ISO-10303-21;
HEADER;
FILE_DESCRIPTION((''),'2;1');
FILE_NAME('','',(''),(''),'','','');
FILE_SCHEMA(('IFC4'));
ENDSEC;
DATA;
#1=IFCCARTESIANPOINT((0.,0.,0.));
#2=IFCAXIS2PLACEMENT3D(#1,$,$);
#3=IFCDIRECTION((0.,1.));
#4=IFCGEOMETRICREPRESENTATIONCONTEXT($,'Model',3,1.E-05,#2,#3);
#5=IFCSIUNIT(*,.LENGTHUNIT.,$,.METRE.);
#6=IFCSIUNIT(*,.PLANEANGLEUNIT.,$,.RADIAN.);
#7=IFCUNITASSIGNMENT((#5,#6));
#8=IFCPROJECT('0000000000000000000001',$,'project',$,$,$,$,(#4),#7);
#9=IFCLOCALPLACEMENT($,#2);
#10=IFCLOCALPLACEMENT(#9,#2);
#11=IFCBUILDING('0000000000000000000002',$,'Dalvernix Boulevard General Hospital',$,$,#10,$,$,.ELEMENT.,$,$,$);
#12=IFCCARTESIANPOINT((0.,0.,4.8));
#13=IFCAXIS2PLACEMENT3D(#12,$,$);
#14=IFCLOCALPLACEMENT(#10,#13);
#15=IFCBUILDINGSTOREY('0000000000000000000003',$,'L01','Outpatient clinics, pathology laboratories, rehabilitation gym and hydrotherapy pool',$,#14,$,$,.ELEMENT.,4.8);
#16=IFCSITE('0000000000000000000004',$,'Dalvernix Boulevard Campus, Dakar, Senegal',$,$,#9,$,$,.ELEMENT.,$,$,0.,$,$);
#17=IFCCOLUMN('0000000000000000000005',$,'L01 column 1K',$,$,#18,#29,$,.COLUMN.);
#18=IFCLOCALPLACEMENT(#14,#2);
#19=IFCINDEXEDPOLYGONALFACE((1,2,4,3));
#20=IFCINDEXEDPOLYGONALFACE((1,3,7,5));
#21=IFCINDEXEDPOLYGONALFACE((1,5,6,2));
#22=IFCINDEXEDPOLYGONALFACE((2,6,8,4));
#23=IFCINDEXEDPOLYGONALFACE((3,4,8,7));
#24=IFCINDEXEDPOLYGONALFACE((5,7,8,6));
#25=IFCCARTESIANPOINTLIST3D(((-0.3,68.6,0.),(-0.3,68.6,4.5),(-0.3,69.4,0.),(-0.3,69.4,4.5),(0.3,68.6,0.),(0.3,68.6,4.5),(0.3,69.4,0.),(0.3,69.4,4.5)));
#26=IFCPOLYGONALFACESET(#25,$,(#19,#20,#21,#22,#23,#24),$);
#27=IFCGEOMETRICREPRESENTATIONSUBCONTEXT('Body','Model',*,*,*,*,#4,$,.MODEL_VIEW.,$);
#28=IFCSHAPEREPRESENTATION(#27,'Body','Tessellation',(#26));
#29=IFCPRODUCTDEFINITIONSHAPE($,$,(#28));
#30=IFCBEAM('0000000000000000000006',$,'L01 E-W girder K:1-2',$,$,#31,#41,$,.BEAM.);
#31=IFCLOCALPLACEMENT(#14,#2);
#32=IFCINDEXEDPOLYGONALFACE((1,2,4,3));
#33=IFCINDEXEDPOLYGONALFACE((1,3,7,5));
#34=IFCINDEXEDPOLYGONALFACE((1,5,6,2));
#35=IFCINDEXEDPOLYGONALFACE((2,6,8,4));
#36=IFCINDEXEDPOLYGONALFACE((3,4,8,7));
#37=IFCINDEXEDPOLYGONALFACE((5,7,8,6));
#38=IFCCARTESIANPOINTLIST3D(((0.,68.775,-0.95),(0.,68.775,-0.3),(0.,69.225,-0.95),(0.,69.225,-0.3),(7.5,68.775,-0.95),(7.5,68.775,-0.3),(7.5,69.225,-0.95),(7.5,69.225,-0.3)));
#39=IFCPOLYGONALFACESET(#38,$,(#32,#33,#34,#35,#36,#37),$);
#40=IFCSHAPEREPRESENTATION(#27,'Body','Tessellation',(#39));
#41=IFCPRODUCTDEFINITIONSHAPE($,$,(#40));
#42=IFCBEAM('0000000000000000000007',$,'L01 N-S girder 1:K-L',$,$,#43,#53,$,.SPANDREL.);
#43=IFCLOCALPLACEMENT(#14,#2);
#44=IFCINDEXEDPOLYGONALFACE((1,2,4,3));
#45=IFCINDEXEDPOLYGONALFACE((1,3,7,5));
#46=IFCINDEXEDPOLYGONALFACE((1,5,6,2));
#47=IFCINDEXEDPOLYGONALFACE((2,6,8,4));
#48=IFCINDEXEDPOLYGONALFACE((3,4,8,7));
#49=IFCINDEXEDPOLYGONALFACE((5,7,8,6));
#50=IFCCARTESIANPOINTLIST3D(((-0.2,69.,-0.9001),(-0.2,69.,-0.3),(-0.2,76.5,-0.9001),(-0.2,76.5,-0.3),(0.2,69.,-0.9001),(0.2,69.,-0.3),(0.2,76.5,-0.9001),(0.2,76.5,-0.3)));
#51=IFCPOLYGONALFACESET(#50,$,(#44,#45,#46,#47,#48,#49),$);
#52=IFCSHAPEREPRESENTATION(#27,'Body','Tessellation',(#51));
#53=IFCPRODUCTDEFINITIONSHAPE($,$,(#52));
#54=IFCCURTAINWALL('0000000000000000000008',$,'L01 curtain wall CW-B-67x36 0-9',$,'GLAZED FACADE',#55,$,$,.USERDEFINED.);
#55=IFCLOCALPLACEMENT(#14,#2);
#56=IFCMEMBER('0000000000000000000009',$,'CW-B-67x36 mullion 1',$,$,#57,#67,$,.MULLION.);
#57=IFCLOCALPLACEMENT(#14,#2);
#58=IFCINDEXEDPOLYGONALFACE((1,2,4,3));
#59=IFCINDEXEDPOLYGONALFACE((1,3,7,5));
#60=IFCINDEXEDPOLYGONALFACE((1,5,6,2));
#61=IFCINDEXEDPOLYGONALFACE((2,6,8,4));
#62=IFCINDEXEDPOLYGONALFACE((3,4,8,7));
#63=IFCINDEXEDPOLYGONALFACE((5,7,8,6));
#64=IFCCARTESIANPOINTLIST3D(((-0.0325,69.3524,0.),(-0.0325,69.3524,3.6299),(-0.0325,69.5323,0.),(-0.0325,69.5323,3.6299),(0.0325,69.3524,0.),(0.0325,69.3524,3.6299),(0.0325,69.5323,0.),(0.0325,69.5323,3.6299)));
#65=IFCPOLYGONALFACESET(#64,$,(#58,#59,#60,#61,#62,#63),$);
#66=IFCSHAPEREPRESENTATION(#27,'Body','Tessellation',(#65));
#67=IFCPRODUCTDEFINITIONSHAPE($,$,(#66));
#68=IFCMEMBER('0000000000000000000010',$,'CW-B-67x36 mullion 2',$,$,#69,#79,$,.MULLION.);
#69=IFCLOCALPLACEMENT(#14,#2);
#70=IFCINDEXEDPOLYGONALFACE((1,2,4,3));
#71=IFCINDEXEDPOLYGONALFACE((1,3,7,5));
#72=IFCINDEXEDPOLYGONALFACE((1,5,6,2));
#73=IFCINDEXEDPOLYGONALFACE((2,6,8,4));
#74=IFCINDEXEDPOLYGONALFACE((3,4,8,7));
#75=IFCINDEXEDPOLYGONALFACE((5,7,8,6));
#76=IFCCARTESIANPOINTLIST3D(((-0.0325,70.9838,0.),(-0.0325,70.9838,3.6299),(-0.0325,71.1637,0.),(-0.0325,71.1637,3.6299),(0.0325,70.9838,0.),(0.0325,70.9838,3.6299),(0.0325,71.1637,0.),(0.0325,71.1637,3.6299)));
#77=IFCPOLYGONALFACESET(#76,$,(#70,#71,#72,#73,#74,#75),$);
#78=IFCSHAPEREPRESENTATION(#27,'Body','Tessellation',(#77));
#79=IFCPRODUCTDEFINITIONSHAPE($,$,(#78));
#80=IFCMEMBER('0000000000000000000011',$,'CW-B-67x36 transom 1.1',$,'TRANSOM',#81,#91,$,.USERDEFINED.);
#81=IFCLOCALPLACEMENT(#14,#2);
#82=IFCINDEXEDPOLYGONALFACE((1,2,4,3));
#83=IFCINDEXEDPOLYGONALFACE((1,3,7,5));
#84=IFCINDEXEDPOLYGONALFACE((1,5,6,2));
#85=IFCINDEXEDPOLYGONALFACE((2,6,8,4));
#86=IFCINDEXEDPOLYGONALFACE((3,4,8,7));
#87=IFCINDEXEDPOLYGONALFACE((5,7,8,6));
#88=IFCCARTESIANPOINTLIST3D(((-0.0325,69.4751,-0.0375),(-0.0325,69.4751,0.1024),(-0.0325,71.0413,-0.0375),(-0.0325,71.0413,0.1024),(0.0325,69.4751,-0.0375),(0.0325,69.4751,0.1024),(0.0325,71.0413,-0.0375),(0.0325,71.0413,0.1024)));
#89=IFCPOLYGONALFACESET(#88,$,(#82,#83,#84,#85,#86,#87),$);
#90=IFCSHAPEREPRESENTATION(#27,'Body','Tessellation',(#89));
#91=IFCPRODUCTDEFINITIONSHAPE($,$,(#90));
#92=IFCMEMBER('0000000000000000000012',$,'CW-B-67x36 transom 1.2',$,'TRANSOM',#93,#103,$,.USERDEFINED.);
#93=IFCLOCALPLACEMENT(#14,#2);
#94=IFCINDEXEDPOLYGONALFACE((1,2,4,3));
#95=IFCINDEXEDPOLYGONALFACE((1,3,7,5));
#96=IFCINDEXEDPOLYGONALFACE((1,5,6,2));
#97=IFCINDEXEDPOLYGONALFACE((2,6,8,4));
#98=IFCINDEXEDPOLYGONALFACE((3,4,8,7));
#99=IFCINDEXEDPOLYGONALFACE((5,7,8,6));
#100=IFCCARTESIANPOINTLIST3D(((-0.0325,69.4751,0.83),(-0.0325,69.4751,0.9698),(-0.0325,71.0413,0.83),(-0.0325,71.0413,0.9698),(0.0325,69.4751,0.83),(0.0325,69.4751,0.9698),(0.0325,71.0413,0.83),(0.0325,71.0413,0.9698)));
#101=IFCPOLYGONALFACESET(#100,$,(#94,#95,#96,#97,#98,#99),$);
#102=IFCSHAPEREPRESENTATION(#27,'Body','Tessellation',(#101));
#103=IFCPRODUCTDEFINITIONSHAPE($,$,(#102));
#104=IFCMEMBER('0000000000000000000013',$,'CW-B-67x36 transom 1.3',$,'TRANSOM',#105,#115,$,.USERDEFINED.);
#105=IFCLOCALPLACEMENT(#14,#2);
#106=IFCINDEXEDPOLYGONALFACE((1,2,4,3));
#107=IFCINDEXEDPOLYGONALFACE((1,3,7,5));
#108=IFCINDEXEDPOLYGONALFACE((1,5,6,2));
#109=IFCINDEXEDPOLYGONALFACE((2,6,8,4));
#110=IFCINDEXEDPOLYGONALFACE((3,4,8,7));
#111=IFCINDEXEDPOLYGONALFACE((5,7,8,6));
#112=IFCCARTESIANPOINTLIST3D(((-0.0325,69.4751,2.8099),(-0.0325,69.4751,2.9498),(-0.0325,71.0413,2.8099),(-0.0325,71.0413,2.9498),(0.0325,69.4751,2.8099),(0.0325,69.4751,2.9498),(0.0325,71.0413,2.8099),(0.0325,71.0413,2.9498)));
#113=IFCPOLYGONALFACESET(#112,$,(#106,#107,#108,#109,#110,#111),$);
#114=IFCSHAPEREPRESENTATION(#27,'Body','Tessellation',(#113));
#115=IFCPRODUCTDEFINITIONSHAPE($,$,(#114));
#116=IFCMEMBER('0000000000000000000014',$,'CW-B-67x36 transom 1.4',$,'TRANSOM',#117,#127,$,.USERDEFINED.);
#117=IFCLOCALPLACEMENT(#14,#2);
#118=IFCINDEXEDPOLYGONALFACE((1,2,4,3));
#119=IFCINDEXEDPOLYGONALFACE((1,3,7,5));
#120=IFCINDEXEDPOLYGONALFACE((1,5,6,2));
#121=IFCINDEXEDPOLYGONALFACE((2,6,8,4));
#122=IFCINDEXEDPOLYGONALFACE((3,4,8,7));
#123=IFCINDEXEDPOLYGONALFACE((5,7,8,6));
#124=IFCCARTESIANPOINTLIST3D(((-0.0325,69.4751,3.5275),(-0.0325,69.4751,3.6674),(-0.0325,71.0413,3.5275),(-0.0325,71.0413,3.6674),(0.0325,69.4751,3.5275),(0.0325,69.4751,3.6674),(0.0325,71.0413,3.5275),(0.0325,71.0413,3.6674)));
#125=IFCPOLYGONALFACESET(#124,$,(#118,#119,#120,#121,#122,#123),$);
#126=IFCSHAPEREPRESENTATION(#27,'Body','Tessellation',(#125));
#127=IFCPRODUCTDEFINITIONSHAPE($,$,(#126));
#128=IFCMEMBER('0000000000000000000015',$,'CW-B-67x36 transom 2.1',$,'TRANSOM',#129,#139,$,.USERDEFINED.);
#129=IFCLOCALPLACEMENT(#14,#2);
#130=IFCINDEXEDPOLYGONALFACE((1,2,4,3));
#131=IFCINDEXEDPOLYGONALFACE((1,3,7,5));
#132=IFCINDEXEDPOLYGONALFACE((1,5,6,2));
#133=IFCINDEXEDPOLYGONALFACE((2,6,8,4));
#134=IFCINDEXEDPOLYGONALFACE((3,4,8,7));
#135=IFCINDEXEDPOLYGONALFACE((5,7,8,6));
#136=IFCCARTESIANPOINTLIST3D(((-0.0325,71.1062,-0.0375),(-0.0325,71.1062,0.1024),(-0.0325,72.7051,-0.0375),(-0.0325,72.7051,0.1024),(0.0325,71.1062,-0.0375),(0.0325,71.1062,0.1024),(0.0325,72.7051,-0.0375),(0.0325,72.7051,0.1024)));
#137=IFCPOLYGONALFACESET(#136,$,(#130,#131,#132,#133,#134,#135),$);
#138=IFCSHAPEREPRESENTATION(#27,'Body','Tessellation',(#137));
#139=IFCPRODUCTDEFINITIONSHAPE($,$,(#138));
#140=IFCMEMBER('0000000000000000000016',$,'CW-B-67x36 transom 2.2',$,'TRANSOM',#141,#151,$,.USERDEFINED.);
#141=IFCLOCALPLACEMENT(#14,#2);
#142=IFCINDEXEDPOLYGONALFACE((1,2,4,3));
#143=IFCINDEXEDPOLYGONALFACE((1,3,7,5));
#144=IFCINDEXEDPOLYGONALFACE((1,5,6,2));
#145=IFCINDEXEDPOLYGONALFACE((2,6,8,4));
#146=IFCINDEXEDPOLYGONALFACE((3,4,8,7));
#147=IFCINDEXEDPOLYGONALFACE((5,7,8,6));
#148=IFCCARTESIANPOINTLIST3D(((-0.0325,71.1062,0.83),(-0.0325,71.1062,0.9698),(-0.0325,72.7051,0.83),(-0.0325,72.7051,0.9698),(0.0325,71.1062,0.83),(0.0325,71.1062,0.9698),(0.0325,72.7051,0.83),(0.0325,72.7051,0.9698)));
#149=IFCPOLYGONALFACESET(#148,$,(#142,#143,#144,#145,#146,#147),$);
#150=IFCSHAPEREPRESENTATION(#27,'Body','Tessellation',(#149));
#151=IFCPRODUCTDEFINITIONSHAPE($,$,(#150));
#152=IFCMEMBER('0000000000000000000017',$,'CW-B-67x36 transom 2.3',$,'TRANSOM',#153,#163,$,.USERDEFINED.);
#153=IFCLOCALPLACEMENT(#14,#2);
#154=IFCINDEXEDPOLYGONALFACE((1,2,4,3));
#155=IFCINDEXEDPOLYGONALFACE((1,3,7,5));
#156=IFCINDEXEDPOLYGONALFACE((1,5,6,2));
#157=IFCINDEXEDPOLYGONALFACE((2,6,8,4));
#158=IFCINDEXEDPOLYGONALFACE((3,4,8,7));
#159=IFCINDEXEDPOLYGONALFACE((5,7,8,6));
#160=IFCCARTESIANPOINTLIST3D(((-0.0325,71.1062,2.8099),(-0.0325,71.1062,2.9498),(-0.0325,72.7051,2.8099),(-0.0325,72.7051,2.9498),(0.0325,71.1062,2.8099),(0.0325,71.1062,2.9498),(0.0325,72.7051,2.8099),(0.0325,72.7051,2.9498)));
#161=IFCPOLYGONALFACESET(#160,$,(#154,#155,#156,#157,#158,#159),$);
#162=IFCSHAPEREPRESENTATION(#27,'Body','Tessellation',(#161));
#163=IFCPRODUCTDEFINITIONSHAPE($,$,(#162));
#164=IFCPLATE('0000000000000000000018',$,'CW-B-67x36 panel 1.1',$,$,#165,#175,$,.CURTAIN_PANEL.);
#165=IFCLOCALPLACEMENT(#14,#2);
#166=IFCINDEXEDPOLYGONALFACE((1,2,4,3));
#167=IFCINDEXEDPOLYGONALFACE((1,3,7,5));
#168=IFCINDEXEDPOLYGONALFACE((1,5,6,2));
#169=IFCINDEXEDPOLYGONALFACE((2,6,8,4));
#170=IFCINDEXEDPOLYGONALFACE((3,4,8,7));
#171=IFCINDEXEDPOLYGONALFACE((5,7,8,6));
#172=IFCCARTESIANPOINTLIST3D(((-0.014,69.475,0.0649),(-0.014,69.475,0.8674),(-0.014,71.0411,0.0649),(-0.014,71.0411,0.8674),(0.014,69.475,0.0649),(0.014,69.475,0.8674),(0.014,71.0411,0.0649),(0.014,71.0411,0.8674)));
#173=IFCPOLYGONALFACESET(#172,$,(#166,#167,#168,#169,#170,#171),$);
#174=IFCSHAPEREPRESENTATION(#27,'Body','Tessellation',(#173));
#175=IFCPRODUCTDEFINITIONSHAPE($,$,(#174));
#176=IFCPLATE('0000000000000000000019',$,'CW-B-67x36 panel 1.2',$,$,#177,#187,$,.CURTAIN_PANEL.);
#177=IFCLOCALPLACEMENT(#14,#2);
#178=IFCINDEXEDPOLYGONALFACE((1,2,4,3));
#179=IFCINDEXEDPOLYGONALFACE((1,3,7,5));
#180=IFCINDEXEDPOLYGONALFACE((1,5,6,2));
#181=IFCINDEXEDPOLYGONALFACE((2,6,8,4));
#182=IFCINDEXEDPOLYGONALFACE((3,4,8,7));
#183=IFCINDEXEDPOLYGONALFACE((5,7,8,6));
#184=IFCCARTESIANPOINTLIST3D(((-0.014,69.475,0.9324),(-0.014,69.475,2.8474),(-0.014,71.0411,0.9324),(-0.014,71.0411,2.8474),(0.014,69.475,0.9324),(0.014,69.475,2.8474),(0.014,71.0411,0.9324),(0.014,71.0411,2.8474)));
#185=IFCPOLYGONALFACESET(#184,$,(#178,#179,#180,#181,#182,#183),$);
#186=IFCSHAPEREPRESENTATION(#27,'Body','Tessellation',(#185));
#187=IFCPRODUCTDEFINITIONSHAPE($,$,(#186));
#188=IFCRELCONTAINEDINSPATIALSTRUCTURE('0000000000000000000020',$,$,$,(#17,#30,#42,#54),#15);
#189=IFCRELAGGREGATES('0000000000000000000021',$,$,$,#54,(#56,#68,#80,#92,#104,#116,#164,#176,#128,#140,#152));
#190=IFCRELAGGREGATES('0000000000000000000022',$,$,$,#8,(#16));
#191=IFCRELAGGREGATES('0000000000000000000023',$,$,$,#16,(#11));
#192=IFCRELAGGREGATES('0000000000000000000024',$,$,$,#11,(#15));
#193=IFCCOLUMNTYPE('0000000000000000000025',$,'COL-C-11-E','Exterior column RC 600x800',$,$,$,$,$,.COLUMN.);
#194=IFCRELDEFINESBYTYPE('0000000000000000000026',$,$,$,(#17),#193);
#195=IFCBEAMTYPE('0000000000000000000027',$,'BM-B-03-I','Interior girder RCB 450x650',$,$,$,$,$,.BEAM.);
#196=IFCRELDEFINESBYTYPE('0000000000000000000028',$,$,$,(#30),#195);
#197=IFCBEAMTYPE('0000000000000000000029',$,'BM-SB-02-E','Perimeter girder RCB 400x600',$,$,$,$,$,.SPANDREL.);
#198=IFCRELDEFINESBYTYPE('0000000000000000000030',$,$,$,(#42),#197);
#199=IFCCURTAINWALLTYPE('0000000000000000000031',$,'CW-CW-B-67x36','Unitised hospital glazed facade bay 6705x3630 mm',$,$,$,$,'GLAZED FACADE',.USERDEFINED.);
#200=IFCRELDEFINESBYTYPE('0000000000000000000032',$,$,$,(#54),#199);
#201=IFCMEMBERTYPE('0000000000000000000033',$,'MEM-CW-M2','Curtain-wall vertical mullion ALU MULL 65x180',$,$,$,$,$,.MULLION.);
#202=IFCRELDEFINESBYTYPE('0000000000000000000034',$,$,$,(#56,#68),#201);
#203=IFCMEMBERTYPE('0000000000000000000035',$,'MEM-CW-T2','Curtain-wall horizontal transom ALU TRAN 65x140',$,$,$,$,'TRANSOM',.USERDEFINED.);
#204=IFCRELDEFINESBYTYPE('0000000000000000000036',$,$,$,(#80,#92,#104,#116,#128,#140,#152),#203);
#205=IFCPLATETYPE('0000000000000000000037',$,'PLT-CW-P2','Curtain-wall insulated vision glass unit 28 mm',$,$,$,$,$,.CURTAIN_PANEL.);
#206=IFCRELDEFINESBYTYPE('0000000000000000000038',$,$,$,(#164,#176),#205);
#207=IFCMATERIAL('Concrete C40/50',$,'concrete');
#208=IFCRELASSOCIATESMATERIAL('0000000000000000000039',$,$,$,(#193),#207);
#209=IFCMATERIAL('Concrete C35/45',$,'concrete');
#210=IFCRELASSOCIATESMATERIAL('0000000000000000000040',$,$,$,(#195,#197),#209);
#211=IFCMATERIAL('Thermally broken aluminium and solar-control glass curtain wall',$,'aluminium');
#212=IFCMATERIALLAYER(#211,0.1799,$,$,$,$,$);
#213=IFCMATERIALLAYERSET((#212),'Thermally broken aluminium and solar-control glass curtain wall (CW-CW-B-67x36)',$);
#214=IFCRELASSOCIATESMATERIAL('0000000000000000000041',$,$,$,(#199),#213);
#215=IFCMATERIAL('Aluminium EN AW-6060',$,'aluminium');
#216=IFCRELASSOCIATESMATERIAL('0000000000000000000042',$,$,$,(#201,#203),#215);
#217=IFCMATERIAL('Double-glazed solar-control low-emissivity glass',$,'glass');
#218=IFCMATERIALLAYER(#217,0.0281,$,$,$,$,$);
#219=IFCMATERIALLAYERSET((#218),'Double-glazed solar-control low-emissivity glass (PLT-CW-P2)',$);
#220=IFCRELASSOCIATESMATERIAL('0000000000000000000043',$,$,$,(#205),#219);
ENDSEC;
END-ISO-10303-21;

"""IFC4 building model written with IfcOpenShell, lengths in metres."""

from ifc_helpers import new_model, si_unit, direction, frame, origin, origin_2d, place, context, subcontext, project, spatial, rectangle, extrude, material, layer, layer_set, material_profile, profile_set, type_object, element, aggregate, save


model = new_model("IFC4")

# Units and contexts
model_context = context("Model", 3, precision=1e-05, world=origin(), true_north=direction((0.0, 1.0)))
body_context = subcontext(model_context, "Body", "Model", "MODEL_VIEW")
ifc_project = project(units=[si_unit("LENGTHUNIT", "METRE"), si_unit("PLANEANGLEUNIT", "RADIAN")], contexts=[model_context])

# Site, building, storey
site_placement = place(None, origin())
site = spatial("IfcSite", under=ifc_project, at=site_placement, Name="Dalvernix Boulevard Campus, Dakar, Senegal", CompositionType="ELEMENT", RefElevation=0.0)
building_placement = place(site_placement, origin())
building = spatial("IfcBuilding", under=site, at=building_placement, Name="Dalvernix Boulevard General Hospital", CompositionType="ELEMENT")
storey_placement = place(building_placement, frame((0.0, 0.0, 4.8)))
storey = spatial("IfcBuildingStorey", under=building, at=storey_placement, Name="L01", Description="Outpatient clinics, pathology laboratories, rehabilitation gym and hydrotherapy pool", CompositionType="ELEMENT", Elevation=4.8)

# Column
ifc_material_1 = material(Name="Concrete C40/50", Category="concrete")
ifc_material_profile_1 = material_profile(ifc_material_1, rectangle(XDim=0.6001, YDim=0.8, at=origin_2d()), Name="RC 600x800")
ifc_profile_set_1 = profile_set([ifc_material_profile_1], Name="Concrete C40/50")
column_type = type_object("IfcColumnType", Name="COL-C-11-E", Description="Exterior column RC 600x800", PredefinedType="COLUMN", material=ifc_profile_set_1)
column_placement = place(storey_placement, frame((0.0, 69.0, 0.0), z_axis=(0.0, 0.0, 1.0), x_axis=(1.0, 0.0, 0.0)))
element("IfcColumn", 1, at=column_placement, inside=storey, type_object=column_type, Name="L01 column 1K", PredefinedType="COLUMN", context=body_context, shape_type="SweptSolid", body=[
    extrude(rectangle(XDim=0.6001, YDim=0.8, at=origin_2d()), origin(), (0.0, 0.0, 1.0), 4.5),
])

# Beams
ifc_material_2 = material(Name="Concrete C35/45", Category="concrete")
ifc_material_profile_2 = material_profile(ifc_material_2, rectangle(XDim=0.45, YDim=0.6499, at=origin_2d()), Name="RCB 450x650")
ifc_profile_set_2 = profile_set([ifc_material_profile_2], Name="Concrete C35/45")
beam_type_1 = type_object("IfcBeamType", Name="BM-B-03-I", Description="Interior girder RCB 450x650", PredefinedType="BEAM", material=ifc_profile_set_2)
beam_1_placement = place(storey_placement, frame((0.0, 69.0, -0.625), z_axis=(1.0, 0.0, 0.0), x_axis=(0.0, 1.0, 0.0)))
element("IfcBeam", 2, at=beam_1_placement, inside=storey, type_object=beam_type_1, Name="L01 E-W girder K:1-2", PredefinedType="BEAM", context=body_context, shape_type="SweptSolid", body=[
    extrude(rectangle(XDim=0.45, YDim=0.6499, at=origin_2d()), origin(), (0.0, 0.0, 1.0), 7.5),
])
ifc_material_profile_3 = material_profile(ifc_material_2, rectangle(XDim=0.3999, YDim=0.6001, at=origin_2d()), Name="RCB 400x600")
ifc_profile_set_3 = profile_set([ifc_material_profile_3], Name="Concrete C35/45")
beam_type_2 = type_object("IfcBeamType", Name="BM-SB-02-E", Description="Perimeter girder RCB 400x600", PredefinedType="SPANDREL", material=ifc_profile_set_3)
beam_2_placement = place(storey_placement, frame((0.0, 69.0, -0.6001), z_axis=(0.0, 1.0, 0.0), x_axis=(-1.0, 0.0, 0.0)))
element("IfcBeam", 3, at=beam_2_placement, inside=storey, type_object=beam_type_2, Name="L01 N-S girder 1:K-L", PredefinedType="SPANDREL", context=body_context, shape_type="SweptSolid", body=[
    extrude(rectangle(XDim=0.3999, YDim=0.6001, at=origin_2d()), origin(), (0.0, 0.0, 1.0), 7.5),
])

# Curtain wall, members, plates
ifc_material_3 = material(Name="Thermally broken aluminium and solar-control glass curtain wall", Category="aluminium")
ifc_layer_1 = layer(ifc_material_3, 0.1799)
ifc_layer_set_1 = layer_set([ifc_layer_1], Name="Thermally broken aluminium and solar-control glass curtain wall (CW-CW-B-67x36)")
curtain_wall_type = type_object("IfcCurtainWallType", Name="CW-CW-B-67x36", Description="Unitised hospital glazed facade bay 6705x3630 mm", ElementType="GLAZED FACADE", PredefinedType="USERDEFINED", material=ifc_layer_set_1)
curtain_wall_placement = place(storey_placement, origin())
curtain_wall = element("IfcCurtainWall", 4, at=curtain_wall_placement, inside=storey, type_object=curtain_wall_type, Name="L01 curtain wall CW-B-67x36 0-9", ObjectType="GLAZED FACADE", PredefinedType="USERDEFINED")
ifc_material_4 = material(Name="Aluminium EN AW-6060", Category="aluminium")
ifc_material_profile_4 = material_profile(ifc_material_4, rectangle(XDim=0.0649, YDim=0.1799, at=origin_2d()), Name="ALU MULL 65x180")
ifc_profile_set_4 = profile_set([ifc_material_profile_4], Name="Aluminium EN AW-6060")
member_type_1 = type_object("IfcMemberType", Name="MEM-CW-M2", Description="Curtain-wall vertical mullion ALU MULL 65x180", PredefinedType="MULLION", material=ifc_profile_set_4)
member_1_placement = place(storey_placement, frame((0.0, 69.4424, 0.0), z_axis=(0.0, 0.0, 1.0), x_axis=(-1.0, 0.0, 0.0)))
member_1 = element("IfcMember", 5, at=member_1_placement, type_object=member_type_1, Name="CW-B-67x36 mullion 1", PredefinedType="MULLION", context=body_context, shape_type="SweptSolid", body=[
    extrude(rectangle(XDim=0.0649, YDim=0.1799, at=origin_2d()), origin(), (0.0, 0.0, 1.0), 3.6299),
])
member_2_placement = place(storey_placement, frame((0.0, 71.0737, 0.0), z_axis=(0.0, 0.0, 1.0), x_axis=(-1.0, 0.0, 0.0)))
member_2 = element("IfcMember", 6, at=member_2_placement, type_object=member_type_1, Name="CW-B-67x36 mullion 2", PredefinedType="MULLION", context=body_context, shape_type="SweptSolid", body=[
    extrude(rectangle(XDim=0.0649, YDim=0.1799, at=origin_2d()), origin(), (0.0, 0.0, 1.0), 3.6299),
])
ifc_material_profile_5 = material_profile(ifc_material_4, rectangle(XDim=0.0649, YDim=0.1399, at=origin_2d()), Name="ALU TRAN 65x140")
ifc_profile_set_5 = profile_set([ifc_material_profile_5], Name="Aluminium EN AW-6060")
member_type_2 = type_object("IfcMemberType", Name="MEM-CW-T2", Description="Curtain-wall horizontal transom ALU TRAN 65x140", ElementType="TRANSOM", PredefinedType="USERDEFINED", material=ifc_profile_set_5)
member_3_placement = place(storey_placement, frame((0.0, 69.4751, 0.0325), z_axis=(0.0, 1.0, 0.0), x_axis=(-1.0, 0.0, 0.0)))
member_3 = element("IfcMember", 7, at=member_3_placement, type_object=member_type_2, Name="CW-B-67x36 transom 1.1", ObjectType="TRANSOM", PredefinedType="USERDEFINED", context=body_context, shape_type="SweptSolid", body=[
    extrude(rectangle(XDim=0.0649, YDim=0.1399, at=origin_2d()), origin(), (0.0, 0.0, 1.0), 1.5662),
])
member_4_placement = place(storey_placement, frame((0.0, 69.4751, 0.8999), z_axis=(0.0, 1.0, 0.0), x_axis=(-1.0, 0.0, 0.0)))
member_4 = element("IfcMember", 8, at=member_4_placement, type_object=member_type_2, Name="CW-B-67x36 transom 1.2", ObjectType="TRANSOM", PredefinedType="USERDEFINED", context=body_context, shape_type="SweptSolid", body=[
    extrude(rectangle(XDim=0.0649, YDim=0.1399, at=origin_2d()), origin(), (0.0, 0.0, 1.0), 1.5662),
])
member_5_placement = place(storey_placement, frame((0.0, 69.4751, 2.8799), z_axis=(0.0, 1.0, 0.0), x_axis=(-1.0, 0.0, 0.0)))
member_5 = element("IfcMember", 9, at=member_5_placement, type_object=member_type_2, Name="CW-B-67x36 transom 1.3", ObjectType="TRANSOM", PredefinedType="USERDEFINED", context=body_context, shape_type="SweptSolid", body=[
    extrude(rectangle(XDim=0.0649, YDim=0.1399, at=origin_2d()), origin(), (0.0, 0.0, 1.0), 1.5662),
])
member_6_placement = place(storey_placement, frame((0.0, 69.4751, 3.5974), z_axis=(0.0, 1.0, 0.0), x_axis=(-1.0, 0.0, 0.0)))
member_6 = element("IfcMember", 10, at=member_6_placement, type_object=member_type_2, Name="CW-B-67x36 transom 1.4", ObjectType="TRANSOM", PredefinedType="USERDEFINED", context=body_context, shape_type="SweptSolid", body=[
    extrude(rectangle(XDim=0.0649, YDim=0.1399, at=origin_2d()), origin(), (0.0, 0.0, 1.0), 1.5662),
])
member_7_placement = place(storey_placement, frame((0.0, 71.1062, 0.0325), z_axis=(0.0, 1.0, 0.0), x_axis=(-1.0, 0.0, 0.0)))
member_7 = element("IfcMember", 11, at=member_7_placement, type_object=member_type_2, Name="CW-B-67x36 transom 2.1", ObjectType="TRANSOM", PredefinedType="USERDEFINED", context=body_context, shape_type="SweptSolid", body=[
    extrude(rectangle(XDim=0.0649, YDim=0.1399, at=origin_2d()), origin(), (0.0, 0.0, 1.0), 1.5989),
])
member_8_placement = place(storey_placement, frame((0.0, 71.1062, 0.8999), z_axis=(0.0, 1.0, 0.0), x_axis=(-1.0, 0.0, 0.0)))
member_8 = element("IfcMember", 12, at=member_8_placement, type_object=member_type_2, Name="CW-B-67x36 transom 2.2", ObjectType="TRANSOM", PredefinedType="USERDEFINED", context=body_context, shape_type="SweptSolid", body=[
    extrude(rectangle(XDim=0.0649, YDim=0.1399, at=origin_2d()), origin(), (0.0, 0.0, 1.0), 1.5989),
])
member_9_placement = place(storey_placement, frame((0.0, 71.1062, 2.8799), z_axis=(0.0, 1.0, 0.0), x_axis=(-1.0, 0.0, 0.0)))
member_9 = element("IfcMember", 13, at=member_9_placement, type_object=member_type_2, Name="CW-B-67x36 transom 2.3", ObjectType="TRANSOM", PredefinedType="USERDEFINED", context=body_context, shape_type="SweptSolid", body=[
    extrude(rectangle(XDim=0.0649, YDim=0.1399, at=origin_2d()), origin(), (0.0, 0.0, 1.0), 1.5989),
])
ifc_material_5 = material(Name="Double-glazed solar-control low-emissivity glass", Category="glass")
ifc_layer_2 = layer(ifc_material_5, 0.0281)
ifc_layer_set_2 = layer_set([ifc_layer_2], Name="Double-glazed solar-control low-emissivity glass (PLT-CW-P2)")
plate_type = type_object("IfcPlateType", Name="PLT-CW-P2", Description="Curtain-wall insulated vision glass unit 28 mm", PredefinedType="CURTAIN_PANEL", material=ifc_layer_set_2)
plate_1_placement = place(storey_placement, frame((0.0, 70.2581, 0.0649), z_axis=(0.0, 0.0, 1.0), x_axis=(0.0, 1.0, 0.0)))
plate_1 = element("IfcPlate", 14, at=plate_1_placement, type_object=plate_type, Name="CW-B-67x36 panel 1.1", PredefinedType="CURTAIN_PANEL", context=body_context, shape_type="SweptSolid", body=[
    extrude(rectangle(XDim=1.5662, YDim=0.0281, at=origin_2d()), origin(), (0.0, 0.0, 1.0), 0.8025),
])
plate_2_placement = place(storey_placement, frame((0.0, 70.2581, 0.9324), z_axis=(0.0, 0.0, 1.0), x_axis=(0.0, 1.0, 0.0)))
plate_2 = element("IfcPlate", 15, at=plate_2_placement, type_object=plate_type, Name="CW-B-67x36 panel 1.2", PredefinedType="CURTAIN_PANEL", context=body_context, shape_type="SweptSolid", body=[
    extrude(rectangle(XDim=1.5662, YDim=0.0281, at=origin_2d()), origin(), (0.0, 0.0, 1.0), 1.915),
])
aggregate(curtain_wall, [member_1, member_2, member_3, member_4, member_5, member_6, plate_1, plate_2, member_7, member_8, member_9])

save(model, "model.ifc")
